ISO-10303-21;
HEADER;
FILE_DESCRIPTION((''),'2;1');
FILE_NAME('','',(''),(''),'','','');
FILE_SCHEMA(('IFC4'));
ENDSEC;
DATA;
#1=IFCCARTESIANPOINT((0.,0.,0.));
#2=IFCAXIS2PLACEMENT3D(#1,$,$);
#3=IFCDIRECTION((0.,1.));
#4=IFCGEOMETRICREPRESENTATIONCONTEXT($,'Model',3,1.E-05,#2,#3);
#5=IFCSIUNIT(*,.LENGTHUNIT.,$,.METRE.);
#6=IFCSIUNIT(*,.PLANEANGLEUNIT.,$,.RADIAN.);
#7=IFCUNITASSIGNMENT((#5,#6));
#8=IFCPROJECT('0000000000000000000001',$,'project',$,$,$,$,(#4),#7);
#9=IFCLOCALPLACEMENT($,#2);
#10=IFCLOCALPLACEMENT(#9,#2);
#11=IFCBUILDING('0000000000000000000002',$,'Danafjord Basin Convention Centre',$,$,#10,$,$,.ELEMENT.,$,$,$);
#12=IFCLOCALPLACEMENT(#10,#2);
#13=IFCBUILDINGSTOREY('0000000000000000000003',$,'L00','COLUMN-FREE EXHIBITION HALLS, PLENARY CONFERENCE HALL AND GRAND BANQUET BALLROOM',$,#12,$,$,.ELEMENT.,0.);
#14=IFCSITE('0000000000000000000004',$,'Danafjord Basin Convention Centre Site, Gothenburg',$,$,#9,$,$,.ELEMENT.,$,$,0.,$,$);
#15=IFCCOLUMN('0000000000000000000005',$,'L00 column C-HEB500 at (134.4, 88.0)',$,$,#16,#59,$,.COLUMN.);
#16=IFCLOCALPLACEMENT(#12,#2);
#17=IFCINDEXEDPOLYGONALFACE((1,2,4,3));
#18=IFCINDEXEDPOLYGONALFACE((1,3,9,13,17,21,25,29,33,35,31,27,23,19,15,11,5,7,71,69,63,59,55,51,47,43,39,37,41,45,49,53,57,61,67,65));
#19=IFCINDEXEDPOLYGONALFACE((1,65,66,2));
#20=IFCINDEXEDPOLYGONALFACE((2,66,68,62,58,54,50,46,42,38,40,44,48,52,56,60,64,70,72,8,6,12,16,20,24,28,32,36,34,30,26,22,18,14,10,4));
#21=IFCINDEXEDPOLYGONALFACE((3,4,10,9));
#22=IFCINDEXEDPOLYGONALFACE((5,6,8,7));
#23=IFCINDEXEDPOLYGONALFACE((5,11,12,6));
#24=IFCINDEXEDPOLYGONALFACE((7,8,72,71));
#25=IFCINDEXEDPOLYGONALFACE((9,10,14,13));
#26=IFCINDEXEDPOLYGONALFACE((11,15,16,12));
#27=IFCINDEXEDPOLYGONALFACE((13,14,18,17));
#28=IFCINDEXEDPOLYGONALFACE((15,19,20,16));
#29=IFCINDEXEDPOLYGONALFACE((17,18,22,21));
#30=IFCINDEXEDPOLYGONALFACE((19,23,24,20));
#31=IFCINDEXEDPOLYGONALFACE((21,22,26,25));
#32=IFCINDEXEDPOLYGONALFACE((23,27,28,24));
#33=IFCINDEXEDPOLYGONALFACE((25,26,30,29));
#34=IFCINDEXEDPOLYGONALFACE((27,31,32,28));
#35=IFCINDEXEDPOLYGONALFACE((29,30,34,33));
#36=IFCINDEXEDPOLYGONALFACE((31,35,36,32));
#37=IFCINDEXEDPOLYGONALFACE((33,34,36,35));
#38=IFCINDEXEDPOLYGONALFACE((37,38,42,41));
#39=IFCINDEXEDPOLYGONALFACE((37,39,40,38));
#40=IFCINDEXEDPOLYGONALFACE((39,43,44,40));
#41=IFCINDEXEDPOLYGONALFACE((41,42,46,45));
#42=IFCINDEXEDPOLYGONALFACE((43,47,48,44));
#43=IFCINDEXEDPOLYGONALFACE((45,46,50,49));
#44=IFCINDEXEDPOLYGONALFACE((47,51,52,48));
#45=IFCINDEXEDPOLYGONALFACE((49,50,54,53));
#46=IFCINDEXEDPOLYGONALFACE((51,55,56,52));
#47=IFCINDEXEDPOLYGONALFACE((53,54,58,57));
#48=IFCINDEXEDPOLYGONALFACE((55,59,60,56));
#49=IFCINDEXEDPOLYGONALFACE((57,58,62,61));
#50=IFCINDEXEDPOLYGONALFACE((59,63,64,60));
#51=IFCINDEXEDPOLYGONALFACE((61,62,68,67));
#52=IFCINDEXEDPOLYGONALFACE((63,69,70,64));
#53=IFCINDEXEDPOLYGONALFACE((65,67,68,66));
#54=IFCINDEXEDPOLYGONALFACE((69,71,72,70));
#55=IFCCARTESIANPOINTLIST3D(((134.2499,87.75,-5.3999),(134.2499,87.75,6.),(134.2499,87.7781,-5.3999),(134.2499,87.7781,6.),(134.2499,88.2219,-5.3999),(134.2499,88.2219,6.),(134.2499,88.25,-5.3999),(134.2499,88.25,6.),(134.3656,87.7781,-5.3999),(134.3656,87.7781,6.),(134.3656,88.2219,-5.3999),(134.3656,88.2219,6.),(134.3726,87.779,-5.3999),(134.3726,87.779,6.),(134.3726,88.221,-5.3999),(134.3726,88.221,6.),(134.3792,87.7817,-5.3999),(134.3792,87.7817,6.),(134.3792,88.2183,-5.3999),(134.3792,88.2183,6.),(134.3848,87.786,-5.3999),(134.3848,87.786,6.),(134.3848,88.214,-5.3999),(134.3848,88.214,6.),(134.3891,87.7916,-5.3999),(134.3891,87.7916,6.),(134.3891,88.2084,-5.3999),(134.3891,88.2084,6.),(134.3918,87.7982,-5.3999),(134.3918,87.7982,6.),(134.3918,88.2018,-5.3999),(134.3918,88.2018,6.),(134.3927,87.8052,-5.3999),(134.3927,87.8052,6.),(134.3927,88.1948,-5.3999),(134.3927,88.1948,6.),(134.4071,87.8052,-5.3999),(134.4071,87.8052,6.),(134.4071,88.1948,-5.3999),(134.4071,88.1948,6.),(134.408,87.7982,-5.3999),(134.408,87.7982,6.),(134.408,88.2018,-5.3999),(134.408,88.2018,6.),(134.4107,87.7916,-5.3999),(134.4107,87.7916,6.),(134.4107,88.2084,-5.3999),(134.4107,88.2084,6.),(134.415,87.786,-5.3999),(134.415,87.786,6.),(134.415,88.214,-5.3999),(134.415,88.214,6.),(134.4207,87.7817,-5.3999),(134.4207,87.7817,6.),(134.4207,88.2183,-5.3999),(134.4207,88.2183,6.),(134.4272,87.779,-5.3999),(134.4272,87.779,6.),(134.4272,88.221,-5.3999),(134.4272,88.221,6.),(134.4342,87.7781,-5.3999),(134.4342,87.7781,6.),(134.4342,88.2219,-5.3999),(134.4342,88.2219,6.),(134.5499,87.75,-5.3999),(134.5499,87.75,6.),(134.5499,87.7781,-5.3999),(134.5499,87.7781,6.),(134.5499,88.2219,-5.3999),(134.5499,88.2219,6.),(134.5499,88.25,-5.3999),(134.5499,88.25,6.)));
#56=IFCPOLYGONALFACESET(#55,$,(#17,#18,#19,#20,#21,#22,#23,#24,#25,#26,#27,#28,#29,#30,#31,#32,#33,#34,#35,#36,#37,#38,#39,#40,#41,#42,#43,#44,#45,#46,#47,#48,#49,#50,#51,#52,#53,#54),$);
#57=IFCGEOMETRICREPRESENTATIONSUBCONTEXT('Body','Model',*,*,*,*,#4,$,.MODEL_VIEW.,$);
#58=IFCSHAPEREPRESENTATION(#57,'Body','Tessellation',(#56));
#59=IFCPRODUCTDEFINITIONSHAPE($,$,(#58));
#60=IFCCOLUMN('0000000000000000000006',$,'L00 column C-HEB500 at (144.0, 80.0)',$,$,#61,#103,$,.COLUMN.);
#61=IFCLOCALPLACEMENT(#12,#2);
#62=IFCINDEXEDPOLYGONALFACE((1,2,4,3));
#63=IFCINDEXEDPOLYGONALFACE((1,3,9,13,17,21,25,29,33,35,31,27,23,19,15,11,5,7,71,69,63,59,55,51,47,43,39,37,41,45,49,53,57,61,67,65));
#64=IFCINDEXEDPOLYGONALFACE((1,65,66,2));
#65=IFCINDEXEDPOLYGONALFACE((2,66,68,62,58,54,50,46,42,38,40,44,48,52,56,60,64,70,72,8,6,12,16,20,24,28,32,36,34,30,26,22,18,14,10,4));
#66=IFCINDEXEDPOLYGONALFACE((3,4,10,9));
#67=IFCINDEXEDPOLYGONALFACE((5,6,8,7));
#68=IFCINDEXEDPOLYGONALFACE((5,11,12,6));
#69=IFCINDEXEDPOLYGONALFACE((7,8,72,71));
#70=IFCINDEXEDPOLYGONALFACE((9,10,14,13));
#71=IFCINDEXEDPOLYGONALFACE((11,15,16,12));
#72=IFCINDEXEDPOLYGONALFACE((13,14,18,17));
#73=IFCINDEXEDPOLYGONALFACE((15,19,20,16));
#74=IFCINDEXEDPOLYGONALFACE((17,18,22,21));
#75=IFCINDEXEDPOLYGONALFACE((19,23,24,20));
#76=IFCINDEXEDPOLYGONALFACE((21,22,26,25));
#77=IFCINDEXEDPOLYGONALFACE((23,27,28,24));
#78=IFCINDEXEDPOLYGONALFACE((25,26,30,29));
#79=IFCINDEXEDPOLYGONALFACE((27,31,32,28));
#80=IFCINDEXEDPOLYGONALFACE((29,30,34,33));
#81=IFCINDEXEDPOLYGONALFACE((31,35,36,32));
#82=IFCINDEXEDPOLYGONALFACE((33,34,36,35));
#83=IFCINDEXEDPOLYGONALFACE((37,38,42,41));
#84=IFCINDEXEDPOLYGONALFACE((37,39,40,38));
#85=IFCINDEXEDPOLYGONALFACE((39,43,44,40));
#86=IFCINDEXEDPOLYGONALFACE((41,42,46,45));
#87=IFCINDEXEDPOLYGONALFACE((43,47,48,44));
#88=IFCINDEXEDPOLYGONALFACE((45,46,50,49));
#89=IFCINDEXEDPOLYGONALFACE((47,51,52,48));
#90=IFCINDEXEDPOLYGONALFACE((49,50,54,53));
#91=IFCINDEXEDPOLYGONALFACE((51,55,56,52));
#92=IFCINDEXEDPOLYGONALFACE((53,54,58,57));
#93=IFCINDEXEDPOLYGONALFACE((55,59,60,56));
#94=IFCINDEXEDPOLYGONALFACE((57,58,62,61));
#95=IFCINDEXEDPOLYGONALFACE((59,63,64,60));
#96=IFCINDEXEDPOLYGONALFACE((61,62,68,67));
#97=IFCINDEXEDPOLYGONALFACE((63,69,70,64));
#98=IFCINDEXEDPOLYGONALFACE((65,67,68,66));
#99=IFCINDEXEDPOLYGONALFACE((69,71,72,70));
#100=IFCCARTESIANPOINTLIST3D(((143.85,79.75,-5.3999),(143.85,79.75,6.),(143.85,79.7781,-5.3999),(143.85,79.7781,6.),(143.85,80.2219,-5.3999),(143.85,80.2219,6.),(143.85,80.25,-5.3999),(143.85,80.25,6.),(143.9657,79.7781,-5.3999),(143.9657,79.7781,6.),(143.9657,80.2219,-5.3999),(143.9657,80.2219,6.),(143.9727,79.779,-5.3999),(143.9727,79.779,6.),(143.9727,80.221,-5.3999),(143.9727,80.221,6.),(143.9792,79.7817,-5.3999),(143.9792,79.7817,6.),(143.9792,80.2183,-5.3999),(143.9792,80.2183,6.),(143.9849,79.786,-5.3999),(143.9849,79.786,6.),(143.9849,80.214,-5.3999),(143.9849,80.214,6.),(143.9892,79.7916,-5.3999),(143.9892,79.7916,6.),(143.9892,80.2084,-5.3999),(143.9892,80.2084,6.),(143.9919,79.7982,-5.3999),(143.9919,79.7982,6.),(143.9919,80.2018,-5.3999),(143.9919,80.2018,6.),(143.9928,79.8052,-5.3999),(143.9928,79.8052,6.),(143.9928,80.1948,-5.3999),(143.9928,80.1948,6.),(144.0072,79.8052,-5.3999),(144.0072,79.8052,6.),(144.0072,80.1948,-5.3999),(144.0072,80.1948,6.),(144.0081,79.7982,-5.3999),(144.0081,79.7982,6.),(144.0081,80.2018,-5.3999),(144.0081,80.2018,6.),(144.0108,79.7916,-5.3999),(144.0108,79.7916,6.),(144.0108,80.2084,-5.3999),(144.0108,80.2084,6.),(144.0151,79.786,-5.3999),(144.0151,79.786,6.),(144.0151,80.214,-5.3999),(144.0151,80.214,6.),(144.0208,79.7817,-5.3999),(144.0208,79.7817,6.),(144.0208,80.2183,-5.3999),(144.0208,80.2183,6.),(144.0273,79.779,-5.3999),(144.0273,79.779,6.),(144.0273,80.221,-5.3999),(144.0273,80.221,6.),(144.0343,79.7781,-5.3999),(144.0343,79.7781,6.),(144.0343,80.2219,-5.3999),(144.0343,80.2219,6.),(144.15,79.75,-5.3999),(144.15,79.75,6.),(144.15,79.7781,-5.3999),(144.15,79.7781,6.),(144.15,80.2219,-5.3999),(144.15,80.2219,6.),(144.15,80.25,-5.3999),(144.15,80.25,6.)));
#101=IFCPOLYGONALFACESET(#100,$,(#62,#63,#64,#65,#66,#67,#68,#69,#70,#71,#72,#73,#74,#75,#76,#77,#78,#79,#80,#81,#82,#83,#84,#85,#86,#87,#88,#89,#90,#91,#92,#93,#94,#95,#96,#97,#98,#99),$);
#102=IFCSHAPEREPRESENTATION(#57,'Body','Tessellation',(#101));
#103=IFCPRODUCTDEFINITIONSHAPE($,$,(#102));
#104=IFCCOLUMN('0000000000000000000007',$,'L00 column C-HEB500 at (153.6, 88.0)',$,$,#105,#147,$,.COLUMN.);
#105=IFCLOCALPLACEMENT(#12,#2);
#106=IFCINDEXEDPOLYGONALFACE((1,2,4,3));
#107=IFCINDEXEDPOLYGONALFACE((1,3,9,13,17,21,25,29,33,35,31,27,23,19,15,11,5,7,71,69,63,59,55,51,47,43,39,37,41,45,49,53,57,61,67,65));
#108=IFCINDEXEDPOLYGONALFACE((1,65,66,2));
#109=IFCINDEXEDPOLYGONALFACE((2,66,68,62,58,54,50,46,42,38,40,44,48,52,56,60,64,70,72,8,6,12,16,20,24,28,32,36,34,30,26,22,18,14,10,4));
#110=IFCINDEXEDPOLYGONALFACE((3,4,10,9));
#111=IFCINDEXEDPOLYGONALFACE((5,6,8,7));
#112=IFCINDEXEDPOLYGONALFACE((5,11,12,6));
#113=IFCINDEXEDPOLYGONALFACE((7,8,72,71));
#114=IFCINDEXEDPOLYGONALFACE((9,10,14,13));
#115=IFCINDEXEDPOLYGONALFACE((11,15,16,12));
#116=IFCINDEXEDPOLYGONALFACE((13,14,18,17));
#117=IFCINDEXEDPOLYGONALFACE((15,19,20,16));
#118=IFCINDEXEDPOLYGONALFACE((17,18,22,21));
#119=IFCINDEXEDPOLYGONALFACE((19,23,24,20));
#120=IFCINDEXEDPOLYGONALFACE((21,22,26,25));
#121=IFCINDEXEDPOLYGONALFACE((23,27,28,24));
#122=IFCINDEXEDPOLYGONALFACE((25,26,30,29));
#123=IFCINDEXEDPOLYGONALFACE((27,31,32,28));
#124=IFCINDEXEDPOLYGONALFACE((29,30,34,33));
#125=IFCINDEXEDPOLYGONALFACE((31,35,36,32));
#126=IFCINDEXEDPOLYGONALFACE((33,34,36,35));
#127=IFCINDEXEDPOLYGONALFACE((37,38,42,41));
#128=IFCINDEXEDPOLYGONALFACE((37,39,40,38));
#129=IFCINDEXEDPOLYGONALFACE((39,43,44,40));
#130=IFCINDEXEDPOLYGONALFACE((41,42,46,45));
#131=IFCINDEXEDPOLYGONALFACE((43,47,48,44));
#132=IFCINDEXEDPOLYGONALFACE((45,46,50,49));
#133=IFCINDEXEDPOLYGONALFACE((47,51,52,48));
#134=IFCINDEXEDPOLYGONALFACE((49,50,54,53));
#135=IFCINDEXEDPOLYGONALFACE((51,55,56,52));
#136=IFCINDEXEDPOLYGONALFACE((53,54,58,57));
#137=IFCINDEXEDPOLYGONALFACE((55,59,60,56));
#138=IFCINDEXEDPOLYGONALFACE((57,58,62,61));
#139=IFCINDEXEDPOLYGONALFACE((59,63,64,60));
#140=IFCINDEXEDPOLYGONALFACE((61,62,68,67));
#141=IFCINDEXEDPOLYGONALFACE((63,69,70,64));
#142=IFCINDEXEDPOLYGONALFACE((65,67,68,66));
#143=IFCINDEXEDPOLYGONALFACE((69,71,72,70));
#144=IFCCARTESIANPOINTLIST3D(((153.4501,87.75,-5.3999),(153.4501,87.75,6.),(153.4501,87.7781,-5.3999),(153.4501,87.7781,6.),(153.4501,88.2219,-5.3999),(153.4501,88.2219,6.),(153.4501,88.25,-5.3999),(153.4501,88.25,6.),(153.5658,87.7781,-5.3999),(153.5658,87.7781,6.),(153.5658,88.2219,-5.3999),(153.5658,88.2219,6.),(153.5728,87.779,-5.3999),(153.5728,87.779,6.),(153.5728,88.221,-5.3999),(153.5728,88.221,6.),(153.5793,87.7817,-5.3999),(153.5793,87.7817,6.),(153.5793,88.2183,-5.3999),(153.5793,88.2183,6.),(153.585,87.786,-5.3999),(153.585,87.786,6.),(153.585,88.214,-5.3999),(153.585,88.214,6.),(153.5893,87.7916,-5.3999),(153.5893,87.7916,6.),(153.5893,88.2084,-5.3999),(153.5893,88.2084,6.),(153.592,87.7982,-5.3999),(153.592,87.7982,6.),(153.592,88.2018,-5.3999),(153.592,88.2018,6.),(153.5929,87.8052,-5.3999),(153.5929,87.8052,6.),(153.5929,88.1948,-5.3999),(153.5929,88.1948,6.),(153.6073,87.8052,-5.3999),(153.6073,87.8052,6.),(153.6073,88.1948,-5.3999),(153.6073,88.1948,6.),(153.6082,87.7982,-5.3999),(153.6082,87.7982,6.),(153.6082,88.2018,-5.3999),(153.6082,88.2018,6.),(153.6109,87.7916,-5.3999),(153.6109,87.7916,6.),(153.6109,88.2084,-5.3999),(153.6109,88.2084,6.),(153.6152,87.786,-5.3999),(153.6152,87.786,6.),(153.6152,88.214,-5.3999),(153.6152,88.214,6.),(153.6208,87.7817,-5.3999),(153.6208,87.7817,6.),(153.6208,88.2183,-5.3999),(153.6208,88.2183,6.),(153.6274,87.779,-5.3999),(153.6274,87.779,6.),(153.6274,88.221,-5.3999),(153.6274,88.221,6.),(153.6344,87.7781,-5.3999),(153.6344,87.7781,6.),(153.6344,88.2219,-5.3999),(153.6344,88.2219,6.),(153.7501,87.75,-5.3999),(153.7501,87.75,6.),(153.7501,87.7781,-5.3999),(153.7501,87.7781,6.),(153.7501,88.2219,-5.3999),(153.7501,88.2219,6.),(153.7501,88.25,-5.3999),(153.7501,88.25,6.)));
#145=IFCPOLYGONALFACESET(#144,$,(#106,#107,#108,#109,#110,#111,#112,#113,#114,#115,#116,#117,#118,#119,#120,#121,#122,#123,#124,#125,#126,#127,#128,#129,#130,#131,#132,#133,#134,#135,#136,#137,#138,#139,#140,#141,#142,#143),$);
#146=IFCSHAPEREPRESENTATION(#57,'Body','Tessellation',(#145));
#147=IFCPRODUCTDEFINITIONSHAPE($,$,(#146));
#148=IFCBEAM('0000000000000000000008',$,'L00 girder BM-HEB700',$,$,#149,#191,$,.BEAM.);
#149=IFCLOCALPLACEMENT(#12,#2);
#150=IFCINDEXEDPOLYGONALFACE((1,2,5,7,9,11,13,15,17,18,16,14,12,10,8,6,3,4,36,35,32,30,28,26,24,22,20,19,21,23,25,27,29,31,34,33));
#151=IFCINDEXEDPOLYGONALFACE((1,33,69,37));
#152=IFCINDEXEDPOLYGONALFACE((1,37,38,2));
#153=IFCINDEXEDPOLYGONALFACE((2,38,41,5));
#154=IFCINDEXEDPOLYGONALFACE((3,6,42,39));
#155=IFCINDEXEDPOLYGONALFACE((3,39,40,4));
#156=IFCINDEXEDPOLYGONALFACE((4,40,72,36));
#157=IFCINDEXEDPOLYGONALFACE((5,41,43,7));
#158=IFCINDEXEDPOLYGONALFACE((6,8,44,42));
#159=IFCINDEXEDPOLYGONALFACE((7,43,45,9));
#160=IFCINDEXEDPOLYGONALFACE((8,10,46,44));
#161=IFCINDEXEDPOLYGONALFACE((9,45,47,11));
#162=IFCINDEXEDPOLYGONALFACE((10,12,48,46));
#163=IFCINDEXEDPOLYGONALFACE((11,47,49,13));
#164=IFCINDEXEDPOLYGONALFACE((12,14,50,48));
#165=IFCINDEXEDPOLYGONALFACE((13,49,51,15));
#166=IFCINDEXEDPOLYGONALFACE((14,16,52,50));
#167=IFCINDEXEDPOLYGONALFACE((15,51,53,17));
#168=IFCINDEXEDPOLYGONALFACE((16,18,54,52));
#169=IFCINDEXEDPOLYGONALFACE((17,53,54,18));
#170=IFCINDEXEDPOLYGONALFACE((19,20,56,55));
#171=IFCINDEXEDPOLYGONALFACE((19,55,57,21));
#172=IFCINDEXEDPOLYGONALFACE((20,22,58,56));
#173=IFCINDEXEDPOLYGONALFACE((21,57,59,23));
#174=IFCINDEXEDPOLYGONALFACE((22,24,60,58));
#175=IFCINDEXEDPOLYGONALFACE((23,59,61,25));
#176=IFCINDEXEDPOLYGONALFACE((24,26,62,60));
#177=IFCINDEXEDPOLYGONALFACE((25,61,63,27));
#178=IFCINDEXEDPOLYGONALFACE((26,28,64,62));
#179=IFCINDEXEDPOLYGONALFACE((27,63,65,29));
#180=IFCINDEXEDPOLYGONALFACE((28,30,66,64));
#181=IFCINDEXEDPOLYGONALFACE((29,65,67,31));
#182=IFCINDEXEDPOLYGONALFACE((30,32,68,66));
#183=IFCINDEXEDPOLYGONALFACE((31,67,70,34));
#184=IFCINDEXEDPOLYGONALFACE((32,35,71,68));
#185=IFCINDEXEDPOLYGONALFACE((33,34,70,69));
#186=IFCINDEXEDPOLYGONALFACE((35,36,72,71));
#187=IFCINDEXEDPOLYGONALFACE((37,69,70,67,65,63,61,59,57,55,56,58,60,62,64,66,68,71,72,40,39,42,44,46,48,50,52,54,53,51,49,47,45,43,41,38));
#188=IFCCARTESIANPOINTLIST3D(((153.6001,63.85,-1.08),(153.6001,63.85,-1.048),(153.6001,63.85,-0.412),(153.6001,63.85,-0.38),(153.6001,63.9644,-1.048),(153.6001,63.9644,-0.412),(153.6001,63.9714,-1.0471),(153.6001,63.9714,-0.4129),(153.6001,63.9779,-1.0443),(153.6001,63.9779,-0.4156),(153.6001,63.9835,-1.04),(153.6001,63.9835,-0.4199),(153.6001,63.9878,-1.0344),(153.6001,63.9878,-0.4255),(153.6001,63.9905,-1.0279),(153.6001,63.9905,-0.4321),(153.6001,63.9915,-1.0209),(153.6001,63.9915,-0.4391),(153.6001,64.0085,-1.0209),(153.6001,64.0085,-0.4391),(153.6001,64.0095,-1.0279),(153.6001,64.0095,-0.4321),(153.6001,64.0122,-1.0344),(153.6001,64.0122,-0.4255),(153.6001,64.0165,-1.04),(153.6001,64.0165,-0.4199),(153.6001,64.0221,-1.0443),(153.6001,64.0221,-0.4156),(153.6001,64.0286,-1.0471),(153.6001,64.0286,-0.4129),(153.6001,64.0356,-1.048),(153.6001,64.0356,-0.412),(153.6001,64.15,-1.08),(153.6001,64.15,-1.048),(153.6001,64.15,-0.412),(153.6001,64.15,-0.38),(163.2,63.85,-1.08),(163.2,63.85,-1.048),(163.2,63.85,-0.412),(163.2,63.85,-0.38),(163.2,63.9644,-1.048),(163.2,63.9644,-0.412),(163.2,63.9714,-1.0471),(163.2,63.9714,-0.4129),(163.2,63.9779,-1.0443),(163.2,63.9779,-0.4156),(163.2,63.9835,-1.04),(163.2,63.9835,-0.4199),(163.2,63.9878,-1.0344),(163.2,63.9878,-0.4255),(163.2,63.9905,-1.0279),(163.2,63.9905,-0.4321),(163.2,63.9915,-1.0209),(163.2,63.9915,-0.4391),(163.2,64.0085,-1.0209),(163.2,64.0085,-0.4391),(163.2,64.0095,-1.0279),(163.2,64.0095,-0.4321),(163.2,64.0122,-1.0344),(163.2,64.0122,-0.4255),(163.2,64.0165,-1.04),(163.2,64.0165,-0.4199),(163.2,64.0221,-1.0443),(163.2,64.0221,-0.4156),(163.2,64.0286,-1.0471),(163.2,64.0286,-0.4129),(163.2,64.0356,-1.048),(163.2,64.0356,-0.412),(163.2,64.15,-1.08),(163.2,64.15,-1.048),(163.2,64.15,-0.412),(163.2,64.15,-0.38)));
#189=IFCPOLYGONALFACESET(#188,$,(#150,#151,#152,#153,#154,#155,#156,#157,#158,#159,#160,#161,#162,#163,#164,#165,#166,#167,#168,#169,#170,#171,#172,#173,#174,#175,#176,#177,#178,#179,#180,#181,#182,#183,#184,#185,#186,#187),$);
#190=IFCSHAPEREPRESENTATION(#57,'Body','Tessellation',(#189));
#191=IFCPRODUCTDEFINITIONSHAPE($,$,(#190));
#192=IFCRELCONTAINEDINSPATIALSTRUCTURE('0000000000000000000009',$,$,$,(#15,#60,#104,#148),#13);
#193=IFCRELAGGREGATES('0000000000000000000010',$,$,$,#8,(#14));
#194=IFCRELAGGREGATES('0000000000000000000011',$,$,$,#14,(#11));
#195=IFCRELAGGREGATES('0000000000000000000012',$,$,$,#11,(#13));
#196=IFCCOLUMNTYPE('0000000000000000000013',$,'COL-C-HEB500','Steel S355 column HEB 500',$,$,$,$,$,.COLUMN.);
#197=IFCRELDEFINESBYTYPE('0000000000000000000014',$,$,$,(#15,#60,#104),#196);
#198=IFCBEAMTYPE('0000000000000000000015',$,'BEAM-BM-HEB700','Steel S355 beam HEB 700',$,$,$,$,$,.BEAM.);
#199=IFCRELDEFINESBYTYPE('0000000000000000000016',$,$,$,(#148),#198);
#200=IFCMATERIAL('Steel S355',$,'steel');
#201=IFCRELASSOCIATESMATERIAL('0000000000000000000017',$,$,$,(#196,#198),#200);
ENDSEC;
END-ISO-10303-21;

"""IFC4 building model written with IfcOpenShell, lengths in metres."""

from ifc_helpers import new_model, si_unit, direction, frame, origin, origin_2d, place, context, subcontext, project, spatial, i_section, extrude, material, material_profile, profile_set, type_object, element, save


model = new_model("IFC4")

# Units and contexts
model_context = context("Model", 3, precision=1e-05, world=origin(), true_north=direction((0.0, 1.0)))
body_context = subcontext(model_context, "Body", "Model", "MODEL_VIEW")
ifc_project = project(units=[si_unit("LENGTHUNIT", "METRE"), si_unit("PLANEANGLEUNIT", "RADIAN")], contexts=[model_context])

# Site, building, storey
site_placement = place(None, origin())
site = spatial("IfcSite", under=ifc_project, at=site_placement, Name="Danafjord Basin Convention Centre Site, Gothenburg", CompositionType="ELEMENT", RefElevation=0.0)
building_placement = place(site_placement, origin())
building = spatial("IfcBuilding", under=site, at=building_placement, Name="Danafjord Basin Convention Centre", CompositionType="ELEMENT")
storey_placement = place(building_placement, origin())
storey = spatial("IfcBuildingStorey", under=building, at=storey_placement, Name="L00", Description="COLUMN-FREE EXHIBITION HALLS, PLENARY CONFERENCE HALL AND GRAND BANQUET BALLROOM", CompositionType="ELEMENT", Elevation=0.0)

# Columns
ifc_material_1 = material(Name="Steel S355", Category="steel")
ifc_material_profile_1 = material_profile(ifc_material_1, i_section(OverallWidth=0.3, OverallDepth=0.5, WebThickness=0.0144, FlangeThickness=0.0281, FilletRadius=0.0271, at=origin_2d()), Name="HEB 500")
ifc_profile_set_1 = profile_set([ifc_material_profile_1], Name="Steel S355")
column_type_1 = type_object("IfcColumnType", Name="COL-C-HEB500", Description="Steel S355 column HEB 500", PredefinedType="COLUMN", material=ifc_profile_set_1)
for number, where, z_axis, x_axis, name in (
    (1, (134.3999, 88.0, -5.3999), (0.0, 0.0, 1.0), (1.0, 0.0, 0.0), "L00 column C-HEB500 at (134.4, 88.0)"),
    (2, (144.0, 80.0, -5.3999), (0.0, 0.0, 1.0), (1.0, 0.0, 0.0), "L00 column C-HEB500 at (144.0, 80.0)"),
    (3, (153.6001, 88.0, -5.3999), (0.0, 0.0, 1.0), (1.0, 0.0, 0.0), "L00 column C-HEB500 at (153.6, 88.0)"),
):
    element("IfcColumn", number, at=place(storey_placement, frame(where, z_axis=z_axis, x_axis=x_axis)), inside=storey, type_object=column_type_1, Name=name, PredefinedType="COLUMN", context=body_context, shape_type="SweptSolid", body=[
        extrude(i_section(OverallWidth=0.3, OverallDepth=0.5, WebThickness=0.0144, FlangeThickness=0.0281, FilletRadius=0.0271, at=origin_2d()), origin(), (0.0, 0.0, 1.0), 11.3999),
    ])

# Beam
ifc_material_profile_2 = material_profile(ifc_material_1, i_section(OverallWidth=0.3, OverallDepth=0.7, WebThickness=0.0171, FlangeThickness=0.032, FilletRadius=0.0271, at=origin_2d()), Name="HEB 700")
ifc_profile_set_2 = profile_set([ifc_material_profile_2], Name="Steel S355")
beam_type_1 = type_object("IfcBeamType", Name="BEAM-BM-HEB700", Description="Steel S355 beam HEB 700", PredefinedType="BEAM", material=ifc_profile_set_2)
beam_1_placement = place(storey_placement, frame((153.6001, 64.0, -0.73), z_axis=(1.0, 0.0, 0.0), x_axis=(0.0, 1.0, 0.0)))
element("IfcBeam", 4, at=beam_1_placement, inside=storey, type_object=beam_type_1, Name="L00 girder BM-HEB700", PredefinedType="BEAM", context=body_context, shape_type="SweptSolid", body=[
    extrude(i_section(OverallWidth=0.3, OverallDepth=0.7, WebThickness=0.0171, FlangeThickness=0.032, FilletRadius=0.0271, at=origin_2d()), origin(), (0.0, 0.0, 1.0), 9.5999),
])

save(model, "model.ifc")
